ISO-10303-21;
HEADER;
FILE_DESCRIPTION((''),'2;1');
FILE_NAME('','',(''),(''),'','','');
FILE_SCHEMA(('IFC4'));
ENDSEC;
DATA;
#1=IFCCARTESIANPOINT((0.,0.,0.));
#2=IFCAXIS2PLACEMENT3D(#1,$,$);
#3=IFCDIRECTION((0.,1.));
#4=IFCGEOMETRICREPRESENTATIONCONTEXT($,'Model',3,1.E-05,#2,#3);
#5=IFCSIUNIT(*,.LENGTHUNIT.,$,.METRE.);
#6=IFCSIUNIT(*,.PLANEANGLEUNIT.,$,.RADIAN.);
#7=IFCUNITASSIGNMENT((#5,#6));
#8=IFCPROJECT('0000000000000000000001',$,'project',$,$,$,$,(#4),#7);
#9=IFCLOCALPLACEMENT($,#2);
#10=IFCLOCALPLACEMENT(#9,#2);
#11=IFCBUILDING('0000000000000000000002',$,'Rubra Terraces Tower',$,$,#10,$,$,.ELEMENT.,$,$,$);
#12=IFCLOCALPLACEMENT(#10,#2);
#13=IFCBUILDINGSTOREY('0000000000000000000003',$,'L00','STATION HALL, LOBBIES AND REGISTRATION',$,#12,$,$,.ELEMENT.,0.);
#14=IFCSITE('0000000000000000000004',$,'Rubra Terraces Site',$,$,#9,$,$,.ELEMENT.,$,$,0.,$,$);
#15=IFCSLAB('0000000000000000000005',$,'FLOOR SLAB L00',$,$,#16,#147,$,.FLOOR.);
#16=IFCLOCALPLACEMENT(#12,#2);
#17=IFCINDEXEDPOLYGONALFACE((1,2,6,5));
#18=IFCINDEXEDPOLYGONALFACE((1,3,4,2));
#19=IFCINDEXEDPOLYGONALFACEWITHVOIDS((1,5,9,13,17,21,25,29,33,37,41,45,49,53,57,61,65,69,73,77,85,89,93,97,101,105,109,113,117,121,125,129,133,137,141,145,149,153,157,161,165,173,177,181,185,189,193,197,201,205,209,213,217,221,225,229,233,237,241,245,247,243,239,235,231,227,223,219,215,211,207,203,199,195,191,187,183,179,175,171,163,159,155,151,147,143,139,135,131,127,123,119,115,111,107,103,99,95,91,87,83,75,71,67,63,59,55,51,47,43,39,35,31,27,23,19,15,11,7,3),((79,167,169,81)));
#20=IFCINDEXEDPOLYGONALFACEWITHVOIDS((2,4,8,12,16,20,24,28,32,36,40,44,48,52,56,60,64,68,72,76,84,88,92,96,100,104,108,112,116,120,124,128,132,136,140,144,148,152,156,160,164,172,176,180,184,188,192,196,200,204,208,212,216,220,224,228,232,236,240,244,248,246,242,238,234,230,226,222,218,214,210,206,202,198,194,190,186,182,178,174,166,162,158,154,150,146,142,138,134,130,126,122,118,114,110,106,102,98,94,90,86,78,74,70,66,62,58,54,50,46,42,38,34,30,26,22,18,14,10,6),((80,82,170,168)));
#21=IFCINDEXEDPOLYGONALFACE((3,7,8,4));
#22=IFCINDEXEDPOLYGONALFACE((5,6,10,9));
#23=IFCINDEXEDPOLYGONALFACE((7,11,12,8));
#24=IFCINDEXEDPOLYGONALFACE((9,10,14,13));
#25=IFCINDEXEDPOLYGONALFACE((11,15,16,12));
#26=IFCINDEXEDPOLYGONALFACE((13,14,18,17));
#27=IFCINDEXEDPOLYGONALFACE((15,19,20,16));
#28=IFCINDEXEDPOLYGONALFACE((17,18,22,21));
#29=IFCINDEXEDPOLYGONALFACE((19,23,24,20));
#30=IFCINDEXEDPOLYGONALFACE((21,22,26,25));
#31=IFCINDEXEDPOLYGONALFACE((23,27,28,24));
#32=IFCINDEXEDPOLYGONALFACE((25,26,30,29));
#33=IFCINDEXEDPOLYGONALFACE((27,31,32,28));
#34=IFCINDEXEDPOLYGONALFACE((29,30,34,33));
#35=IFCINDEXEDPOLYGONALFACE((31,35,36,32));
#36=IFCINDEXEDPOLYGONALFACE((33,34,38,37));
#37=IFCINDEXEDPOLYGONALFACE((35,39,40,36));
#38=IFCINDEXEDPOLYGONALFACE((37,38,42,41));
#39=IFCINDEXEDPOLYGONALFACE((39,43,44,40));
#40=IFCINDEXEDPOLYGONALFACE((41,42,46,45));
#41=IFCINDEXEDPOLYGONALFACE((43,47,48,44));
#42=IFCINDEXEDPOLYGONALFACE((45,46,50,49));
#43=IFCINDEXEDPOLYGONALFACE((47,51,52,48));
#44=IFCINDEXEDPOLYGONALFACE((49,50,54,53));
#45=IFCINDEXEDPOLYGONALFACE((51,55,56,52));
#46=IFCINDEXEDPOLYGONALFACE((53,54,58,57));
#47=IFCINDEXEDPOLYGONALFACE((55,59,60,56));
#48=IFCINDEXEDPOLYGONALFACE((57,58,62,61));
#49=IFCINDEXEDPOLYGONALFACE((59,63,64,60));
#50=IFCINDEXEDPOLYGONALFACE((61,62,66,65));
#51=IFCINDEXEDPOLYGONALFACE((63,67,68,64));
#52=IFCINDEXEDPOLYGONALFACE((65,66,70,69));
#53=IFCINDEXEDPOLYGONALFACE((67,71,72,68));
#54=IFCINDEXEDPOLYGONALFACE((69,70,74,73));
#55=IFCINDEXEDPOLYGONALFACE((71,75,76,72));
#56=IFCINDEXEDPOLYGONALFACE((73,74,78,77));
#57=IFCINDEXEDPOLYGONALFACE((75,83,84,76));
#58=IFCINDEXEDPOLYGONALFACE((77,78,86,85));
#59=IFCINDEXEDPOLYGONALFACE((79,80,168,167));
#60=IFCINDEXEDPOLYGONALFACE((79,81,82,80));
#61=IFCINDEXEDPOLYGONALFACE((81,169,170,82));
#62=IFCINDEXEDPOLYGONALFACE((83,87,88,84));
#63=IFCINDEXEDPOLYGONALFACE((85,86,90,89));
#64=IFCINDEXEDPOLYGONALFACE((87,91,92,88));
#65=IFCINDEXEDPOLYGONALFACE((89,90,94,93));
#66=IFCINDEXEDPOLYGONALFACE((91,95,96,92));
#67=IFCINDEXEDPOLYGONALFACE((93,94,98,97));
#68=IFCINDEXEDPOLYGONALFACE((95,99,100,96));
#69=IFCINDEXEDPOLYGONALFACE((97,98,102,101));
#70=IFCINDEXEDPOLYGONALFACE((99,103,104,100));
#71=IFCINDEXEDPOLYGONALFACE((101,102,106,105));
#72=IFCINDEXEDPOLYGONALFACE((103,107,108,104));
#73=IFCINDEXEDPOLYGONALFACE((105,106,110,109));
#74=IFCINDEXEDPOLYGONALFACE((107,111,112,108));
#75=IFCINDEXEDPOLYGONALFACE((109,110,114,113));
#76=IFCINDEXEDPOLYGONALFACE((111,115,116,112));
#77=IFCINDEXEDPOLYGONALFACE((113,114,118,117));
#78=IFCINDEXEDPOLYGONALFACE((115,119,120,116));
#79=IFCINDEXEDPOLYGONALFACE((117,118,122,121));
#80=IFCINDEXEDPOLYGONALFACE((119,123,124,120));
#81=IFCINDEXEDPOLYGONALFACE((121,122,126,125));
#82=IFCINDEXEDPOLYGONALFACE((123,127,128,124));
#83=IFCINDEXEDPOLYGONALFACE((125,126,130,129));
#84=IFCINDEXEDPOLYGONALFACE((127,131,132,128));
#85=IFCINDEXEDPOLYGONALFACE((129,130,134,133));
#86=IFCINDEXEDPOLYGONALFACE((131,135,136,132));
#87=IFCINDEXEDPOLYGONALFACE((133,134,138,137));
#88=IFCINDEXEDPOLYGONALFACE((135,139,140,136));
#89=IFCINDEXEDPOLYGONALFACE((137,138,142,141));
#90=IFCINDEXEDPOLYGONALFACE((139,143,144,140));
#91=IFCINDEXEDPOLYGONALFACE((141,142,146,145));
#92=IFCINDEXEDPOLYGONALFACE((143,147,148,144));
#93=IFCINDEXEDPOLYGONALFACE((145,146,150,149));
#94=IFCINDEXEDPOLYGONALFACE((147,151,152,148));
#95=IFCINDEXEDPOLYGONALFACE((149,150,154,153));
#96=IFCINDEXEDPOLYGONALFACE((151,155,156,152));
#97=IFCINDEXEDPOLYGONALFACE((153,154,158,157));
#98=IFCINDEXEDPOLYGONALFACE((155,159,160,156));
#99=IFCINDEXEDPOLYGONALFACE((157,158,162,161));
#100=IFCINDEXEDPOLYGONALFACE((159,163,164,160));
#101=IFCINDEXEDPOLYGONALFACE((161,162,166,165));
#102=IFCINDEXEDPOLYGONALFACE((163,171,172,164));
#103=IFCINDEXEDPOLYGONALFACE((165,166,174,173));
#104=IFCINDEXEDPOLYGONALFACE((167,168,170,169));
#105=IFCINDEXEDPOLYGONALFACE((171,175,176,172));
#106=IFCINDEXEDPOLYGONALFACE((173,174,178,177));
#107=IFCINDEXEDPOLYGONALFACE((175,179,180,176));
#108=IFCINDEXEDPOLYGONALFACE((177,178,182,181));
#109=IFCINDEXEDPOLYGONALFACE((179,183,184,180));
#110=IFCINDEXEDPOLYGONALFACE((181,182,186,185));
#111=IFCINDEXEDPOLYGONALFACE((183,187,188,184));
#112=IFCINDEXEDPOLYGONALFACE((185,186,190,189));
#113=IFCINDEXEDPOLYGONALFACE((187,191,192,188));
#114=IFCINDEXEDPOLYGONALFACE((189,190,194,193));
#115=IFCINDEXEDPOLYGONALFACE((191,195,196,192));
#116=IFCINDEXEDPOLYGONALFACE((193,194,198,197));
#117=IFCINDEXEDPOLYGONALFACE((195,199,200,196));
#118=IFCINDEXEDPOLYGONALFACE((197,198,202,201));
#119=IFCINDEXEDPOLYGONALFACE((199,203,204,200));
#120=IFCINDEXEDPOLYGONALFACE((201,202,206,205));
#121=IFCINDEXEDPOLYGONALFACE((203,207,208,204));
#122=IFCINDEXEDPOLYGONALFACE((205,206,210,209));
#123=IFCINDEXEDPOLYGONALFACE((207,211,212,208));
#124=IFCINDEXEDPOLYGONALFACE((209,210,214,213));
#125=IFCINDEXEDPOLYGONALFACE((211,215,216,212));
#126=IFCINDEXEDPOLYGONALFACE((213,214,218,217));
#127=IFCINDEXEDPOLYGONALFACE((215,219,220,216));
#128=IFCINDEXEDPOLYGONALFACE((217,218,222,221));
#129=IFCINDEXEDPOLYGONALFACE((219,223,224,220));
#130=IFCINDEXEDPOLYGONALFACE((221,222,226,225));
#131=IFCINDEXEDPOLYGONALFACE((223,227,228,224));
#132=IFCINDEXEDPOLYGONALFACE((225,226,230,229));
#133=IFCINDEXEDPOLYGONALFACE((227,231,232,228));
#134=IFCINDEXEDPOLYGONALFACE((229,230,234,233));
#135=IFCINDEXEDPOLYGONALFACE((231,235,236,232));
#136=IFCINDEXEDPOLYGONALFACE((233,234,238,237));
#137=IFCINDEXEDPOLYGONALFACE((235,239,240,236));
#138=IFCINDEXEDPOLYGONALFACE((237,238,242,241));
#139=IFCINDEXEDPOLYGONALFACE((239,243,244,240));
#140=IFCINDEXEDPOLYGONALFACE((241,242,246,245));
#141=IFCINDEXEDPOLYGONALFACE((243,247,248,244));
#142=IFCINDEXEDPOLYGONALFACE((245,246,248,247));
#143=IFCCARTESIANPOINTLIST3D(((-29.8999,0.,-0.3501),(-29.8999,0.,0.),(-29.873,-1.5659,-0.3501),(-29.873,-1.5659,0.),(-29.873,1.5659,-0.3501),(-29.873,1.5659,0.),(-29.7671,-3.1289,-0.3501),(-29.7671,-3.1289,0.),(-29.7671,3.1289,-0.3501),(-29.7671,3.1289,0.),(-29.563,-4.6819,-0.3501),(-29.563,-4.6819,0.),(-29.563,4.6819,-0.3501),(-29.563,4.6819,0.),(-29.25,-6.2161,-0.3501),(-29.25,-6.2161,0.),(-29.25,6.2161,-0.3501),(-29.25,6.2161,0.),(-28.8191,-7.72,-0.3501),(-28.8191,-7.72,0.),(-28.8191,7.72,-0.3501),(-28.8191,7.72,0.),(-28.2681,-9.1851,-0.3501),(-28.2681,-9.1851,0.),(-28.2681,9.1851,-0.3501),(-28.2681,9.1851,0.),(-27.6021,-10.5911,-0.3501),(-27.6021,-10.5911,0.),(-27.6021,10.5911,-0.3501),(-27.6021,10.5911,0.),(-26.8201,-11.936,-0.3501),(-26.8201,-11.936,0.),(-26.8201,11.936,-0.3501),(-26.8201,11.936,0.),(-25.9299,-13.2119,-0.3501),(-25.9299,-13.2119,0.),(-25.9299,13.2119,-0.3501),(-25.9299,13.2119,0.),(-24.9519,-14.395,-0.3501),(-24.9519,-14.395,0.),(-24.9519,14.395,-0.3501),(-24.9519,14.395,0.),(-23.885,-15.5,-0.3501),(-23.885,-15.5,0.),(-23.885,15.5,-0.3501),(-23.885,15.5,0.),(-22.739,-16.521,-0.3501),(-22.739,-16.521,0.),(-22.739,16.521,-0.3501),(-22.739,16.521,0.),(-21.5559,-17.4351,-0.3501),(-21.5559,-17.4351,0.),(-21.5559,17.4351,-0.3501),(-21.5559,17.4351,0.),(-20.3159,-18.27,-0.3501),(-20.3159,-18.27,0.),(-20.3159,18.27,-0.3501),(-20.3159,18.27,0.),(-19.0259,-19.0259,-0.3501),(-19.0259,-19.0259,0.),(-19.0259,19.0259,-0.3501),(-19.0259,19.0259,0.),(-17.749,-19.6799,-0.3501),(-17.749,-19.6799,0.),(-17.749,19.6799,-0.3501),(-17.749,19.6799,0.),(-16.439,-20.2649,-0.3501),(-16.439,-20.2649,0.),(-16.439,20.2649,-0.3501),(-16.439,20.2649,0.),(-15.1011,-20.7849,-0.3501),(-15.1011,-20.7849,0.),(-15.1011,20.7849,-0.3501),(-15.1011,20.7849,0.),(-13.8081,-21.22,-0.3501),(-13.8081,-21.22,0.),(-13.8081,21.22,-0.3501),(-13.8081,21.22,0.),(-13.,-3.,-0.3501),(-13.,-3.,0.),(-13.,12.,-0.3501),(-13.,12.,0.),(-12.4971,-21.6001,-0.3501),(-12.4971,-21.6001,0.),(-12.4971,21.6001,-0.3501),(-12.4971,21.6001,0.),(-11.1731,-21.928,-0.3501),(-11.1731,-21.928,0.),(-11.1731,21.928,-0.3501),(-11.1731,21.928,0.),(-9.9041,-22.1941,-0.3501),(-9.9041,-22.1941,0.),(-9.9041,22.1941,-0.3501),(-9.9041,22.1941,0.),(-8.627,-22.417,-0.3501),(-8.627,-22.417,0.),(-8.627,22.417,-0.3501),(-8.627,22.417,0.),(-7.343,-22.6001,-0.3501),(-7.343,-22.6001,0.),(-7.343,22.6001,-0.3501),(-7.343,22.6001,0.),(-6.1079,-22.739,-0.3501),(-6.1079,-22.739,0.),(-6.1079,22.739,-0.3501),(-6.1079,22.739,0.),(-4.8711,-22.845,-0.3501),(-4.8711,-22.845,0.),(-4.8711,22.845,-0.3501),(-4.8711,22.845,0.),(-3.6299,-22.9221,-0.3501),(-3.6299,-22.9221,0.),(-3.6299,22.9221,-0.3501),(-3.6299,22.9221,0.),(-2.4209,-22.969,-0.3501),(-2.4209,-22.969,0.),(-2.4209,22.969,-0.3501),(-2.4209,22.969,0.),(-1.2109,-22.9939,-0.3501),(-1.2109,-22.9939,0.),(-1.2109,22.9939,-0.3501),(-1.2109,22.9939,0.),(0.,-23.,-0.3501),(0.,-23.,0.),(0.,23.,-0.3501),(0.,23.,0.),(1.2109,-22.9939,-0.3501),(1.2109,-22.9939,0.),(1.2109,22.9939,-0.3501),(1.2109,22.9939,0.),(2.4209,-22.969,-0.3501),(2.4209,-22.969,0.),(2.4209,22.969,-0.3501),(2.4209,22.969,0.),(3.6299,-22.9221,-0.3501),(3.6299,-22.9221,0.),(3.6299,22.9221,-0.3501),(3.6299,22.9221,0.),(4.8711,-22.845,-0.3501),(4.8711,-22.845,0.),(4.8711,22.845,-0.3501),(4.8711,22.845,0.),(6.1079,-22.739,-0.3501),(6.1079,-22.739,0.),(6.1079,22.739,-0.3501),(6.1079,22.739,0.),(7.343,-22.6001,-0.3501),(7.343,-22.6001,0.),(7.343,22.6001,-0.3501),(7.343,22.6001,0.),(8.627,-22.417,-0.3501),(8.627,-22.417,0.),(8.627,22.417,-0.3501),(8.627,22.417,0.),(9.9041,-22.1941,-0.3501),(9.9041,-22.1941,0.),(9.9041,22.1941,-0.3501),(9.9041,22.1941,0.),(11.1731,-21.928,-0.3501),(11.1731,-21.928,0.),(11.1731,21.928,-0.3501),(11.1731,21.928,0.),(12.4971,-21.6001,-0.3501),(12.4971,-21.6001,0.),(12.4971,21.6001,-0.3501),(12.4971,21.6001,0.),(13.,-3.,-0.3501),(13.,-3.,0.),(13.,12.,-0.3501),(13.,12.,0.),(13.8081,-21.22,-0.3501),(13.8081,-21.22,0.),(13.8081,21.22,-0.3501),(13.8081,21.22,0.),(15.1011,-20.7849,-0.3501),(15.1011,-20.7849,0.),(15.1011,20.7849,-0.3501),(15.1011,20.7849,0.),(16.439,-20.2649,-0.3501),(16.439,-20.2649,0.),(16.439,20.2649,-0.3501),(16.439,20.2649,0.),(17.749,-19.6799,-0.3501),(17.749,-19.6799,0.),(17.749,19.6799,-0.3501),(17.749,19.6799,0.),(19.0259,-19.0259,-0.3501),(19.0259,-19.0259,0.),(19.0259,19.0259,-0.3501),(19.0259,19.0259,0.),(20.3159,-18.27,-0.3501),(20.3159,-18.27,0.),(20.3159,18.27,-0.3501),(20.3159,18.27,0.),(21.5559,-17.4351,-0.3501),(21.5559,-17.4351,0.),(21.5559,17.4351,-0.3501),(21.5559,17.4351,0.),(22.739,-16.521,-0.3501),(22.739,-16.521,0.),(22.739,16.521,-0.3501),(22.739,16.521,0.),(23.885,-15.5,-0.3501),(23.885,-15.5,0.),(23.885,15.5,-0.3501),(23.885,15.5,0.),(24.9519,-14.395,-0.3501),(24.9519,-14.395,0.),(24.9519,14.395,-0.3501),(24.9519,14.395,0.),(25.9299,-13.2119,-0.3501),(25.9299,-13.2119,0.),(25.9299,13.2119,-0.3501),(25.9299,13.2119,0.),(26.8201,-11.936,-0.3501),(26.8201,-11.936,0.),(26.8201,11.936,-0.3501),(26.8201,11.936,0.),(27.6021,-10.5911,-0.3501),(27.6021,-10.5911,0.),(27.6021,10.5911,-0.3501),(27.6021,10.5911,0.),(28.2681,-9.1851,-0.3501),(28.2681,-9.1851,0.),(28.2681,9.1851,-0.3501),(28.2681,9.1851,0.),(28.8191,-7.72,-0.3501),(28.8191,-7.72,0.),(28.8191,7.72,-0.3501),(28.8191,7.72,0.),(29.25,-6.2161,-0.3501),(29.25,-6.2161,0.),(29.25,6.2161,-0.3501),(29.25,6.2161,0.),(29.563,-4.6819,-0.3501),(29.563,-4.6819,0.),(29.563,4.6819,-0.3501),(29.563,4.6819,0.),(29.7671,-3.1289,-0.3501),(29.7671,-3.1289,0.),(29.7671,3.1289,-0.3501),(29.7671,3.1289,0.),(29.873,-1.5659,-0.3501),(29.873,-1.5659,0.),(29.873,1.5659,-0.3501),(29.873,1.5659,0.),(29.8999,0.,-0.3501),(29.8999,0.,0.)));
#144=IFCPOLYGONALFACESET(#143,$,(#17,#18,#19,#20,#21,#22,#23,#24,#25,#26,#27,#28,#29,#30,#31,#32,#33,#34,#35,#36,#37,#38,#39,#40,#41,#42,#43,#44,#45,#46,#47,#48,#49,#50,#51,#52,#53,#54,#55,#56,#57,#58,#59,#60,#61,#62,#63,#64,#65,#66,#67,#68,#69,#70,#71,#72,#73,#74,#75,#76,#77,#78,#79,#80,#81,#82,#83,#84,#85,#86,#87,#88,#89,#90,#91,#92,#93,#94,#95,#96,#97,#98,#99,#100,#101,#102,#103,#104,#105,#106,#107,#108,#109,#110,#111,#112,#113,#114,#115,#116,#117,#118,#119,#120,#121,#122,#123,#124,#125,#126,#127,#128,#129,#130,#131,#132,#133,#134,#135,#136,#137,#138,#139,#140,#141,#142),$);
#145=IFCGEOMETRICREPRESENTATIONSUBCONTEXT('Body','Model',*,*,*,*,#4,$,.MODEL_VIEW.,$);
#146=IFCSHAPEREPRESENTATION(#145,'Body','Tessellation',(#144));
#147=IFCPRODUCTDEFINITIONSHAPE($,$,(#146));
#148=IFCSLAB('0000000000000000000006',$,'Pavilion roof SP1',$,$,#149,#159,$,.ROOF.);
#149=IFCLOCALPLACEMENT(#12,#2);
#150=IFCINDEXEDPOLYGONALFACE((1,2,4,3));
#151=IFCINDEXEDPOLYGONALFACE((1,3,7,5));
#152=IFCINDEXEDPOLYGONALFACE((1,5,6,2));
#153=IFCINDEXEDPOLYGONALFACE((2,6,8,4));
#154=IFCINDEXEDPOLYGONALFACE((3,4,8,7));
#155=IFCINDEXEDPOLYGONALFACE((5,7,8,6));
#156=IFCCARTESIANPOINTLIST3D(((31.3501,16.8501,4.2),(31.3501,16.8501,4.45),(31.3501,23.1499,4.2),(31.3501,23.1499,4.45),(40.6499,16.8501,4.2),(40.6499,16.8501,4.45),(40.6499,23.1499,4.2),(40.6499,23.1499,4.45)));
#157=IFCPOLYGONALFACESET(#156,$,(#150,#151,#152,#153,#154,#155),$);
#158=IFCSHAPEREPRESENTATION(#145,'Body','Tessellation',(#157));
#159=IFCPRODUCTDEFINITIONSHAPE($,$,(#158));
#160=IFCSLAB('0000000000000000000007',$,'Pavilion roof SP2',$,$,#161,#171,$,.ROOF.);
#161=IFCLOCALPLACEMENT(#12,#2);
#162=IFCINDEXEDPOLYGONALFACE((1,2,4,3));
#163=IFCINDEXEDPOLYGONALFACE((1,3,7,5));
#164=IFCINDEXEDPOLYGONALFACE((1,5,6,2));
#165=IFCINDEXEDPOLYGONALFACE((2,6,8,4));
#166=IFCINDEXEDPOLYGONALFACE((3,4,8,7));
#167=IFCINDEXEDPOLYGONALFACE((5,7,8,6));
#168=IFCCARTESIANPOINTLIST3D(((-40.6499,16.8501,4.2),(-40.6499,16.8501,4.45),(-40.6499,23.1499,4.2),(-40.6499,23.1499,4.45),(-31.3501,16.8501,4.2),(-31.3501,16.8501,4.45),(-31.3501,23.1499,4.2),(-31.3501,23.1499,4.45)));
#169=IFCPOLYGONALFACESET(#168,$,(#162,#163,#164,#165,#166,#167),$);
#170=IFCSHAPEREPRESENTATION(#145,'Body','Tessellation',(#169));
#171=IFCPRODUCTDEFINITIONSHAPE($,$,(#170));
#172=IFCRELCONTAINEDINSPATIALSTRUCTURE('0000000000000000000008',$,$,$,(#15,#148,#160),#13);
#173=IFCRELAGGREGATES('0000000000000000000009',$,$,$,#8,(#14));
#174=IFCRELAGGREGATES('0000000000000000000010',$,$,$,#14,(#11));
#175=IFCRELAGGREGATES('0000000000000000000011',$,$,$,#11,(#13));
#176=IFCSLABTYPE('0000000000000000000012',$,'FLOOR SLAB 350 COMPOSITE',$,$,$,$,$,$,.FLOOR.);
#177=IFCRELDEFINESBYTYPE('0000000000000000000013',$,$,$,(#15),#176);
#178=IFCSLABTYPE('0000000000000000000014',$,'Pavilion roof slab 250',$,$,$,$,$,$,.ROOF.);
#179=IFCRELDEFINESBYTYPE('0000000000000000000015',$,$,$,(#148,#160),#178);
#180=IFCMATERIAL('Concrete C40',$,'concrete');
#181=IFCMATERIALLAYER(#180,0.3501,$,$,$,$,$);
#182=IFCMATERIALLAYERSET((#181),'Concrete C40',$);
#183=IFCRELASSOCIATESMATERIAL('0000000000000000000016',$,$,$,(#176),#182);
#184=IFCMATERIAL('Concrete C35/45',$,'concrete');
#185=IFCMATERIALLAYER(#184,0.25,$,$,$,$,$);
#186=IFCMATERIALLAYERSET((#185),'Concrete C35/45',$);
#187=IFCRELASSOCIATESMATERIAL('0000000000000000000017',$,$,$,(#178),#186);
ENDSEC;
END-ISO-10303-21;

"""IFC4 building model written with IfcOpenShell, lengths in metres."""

from ifc_helpers import new_model, si_unit, direction, frame, origin, place, context, subcontext, project, spatial, polyline, outline, extrude, material, layer, layer_set, type_object, element, save


model = new_model("IFC4")

# Units and contexts
model_context = context("Model", 3, precision=1e-05, world=origin(), true_north=direction((0.0, 1.0)))
body_context = subcontext(model_context, "Body", "Model", "MODEL_VIEW")
ifc_project = project(units=[si_unit("LENGTHUNIT", "METRE"), si_unit("PLANEANGLEUNIT", "RADIAN")], contexts=[model_context])

# Site, building, storey
site_placement = place(None, origin())
site = spatial("IfcSite", under=ifc_project, at=site_placement, Name="Rubra Terraces Site", CompositionType="ELEMENT", RefElevation=0.0)
building_placement = place(site_placement, origin())
building = spatial("IfcBuilding", under=site, at=building_placement, Name="Rubra Terraces Tower", CompositionType="ELEMENT")
storey_placement = place(building_placement, origin())
storey = spatial("IfcBuildingStorey", under=building, at=storey_placement, Name="L00", Description="STATION HALL, LOBBIES AND REGISTRATION", CompositionType="ELEMENT", Elevation=0.0)

# Slabs
ifc_material_1 = material(Name="Concrete C40", Category="concrete")
ifc_layer_1 = layer(ifc_material_1, 0.3501)
ifc_layer_set_1 = layer_set([ifc_layer_1], Name="Concrete C40")
slab_type_1 = type_object("IfcSlabType", Name="FLOOR SLAB 350 COMPOSITE", PredefinedType="FLOOR", material=ifc_layer_set_1)
slab_1_placement = place(storey_placement, frame((0.0, 0.0, -0.3501)))
element("IfcSlab", 1, at=slab_1_placement, inside=storey, type_object=slab_type_1, Name="FLOOR SLAB L00", PredefinedType="FLOOR", context=body_context, shape_type="SweptSolid", body=[
    extrude(outline(polyline([(19.0259, -19.0259), (20.3159, -18.27), (21.5559, -17.4351), (22.739, -16.521), (23.885, -15.5), (24.9519, -14.395), (25.9299, -13.2119), (26.8201, -11.936), (27.6021, -10.5911), (28.2681, -9.1851), (28.8191, -7.72), (29.25, -6.2161), (29.563, -4.6819), (29.7671, -3.1289), (29.873, -1.5659), (29.8999, 0.0), (29.873, 1.5659), (29.7671, 3.1289), (29.563, 4.6819), (29.25, 6.2161), (28.8191, 7.72), (28.2681, 9.1851), (27.6021, 10.5911), (26.8201, 11.936), (25.9299, 13.2119), (24.9519, 14.395), (23.885, 15.5), (22.739, 16.521), (21.5559, 17.4351), (20.3159, 18.27), (19.0259, 19.0259), (17.749, 19.6799), (16.439, 20.2649), (15.1011, 20.7849), (13.8081, 21.22), (12.4971, 21.6001), (11.1731, 21.928), (9.9041, 22.1941), (8.627, 22.417), (7.343, 22.6001), (6.1079, 22.739), (4.8711, 22.845), (3.6299, 22.9221), (2.4209, 22.969), (1.2109, 22.9939), (0.0, 23.0), (-1.2109, 22.9939), (-2.4209, 22.969), (-3.6299, 22.9221), (-4.8711, 22.845), (-6.1079, 22.739), (-7.343, 22.6001), (-8.627, 22.417), (-9.9041, 22.1941), (-11.1731, 21.928), (-12.4971, 21.6001), (-13.8081, 21.22), (-15.1011, 20.7849), (-16.439, 20.2649), (-17.749, 19.6799), (-19.0259, 19.0259), (-20.3159, 18.27), (-21.5559, 17.4351), (-22.739, 16.521), (-23.885, 15.5), (-24.9519, 14.395), (-25.9299, 13.2119), (-26.8201, 11.936), (-27.6021, 10.5911), (-28.2681, 9.1851), (-28.8191, 7.72), (-29.25, 6.2161), (-29.563, 4.6819), (-29.7671, 3.1289), (-29.873, 1.5659), (-29.8999, 0.0), (-29.873, -1.5659), (-29.7671, -3.1289), (-29.563, -4.6819), (-29.25, -6.2161), (-28.8191, -7.72), (-28.2681, -9.1851), (-27.6021, -10.5911), (-26.8201, -11.936), (-25.9299, -13.2119), (-24.9519, -14.395), (-23.885, -15.5), (-22.739, -16.521), (-21.5559, -17.4351), (-20.3159, -18.27), (-19.0259, -19.0259), (-17.749, -19.6799), (-16.439, -20.2649), (-15.1011, -20.7849), (-13.8081, -21.22), (-12.4971, -21.6001), (-11.1731, -21.928), (-9.9041, -22.1941), (-8.627, -22.417), (-7.343, -22.6001), (-6.1079, -22.739), (-4.8711, -22.845), (-3.6299, -22.9221), (-2.4209, -22.969), (-1.2109, -22.9939), (0.0, -23.0), (1.2109, -22.9939), (2.4209, -22.969), (3.6299, -22.9221), (4.8711, -22.845), (6.1079, -22.739), (7.343, -22.6001), (8.627, -22.417), (9.9041, -22.1941), (11.1731, -21.928), (12.4971, -21.6001), (13.8081, -21.22), (15.1011, -20.7849), (16.439, -20.2649), (17.749, -19.6799), (19.0259, -19.0259)]), holes=[polyline([(-13.0, -3.0), (-13.0, 12.0), (13.0, 12.0), (13.0, -3.0), (-13.0, -3.0)])]), origin(), (0.0, 0.0, 1.0), 0.3501),
])
ifc_material_2 = material(Name="Concrete C35/45", Category="concrete")
ifc_layer_2 = layer(ifc_material_2, 0.25)
ifc_layer_set_2 = layer_set([ifc_layer_2], Name="Concrete C35/45")
slab_type_2 = type_object("IfcSlabType", Name="Pavilion roof slab 250", PredefinedType="ROOF", material=ifc_layer_set_2)
slab_2_placement = place(storey_placement, frame((0.0, 0.0, 4.2)))
element("IfcSlab", 2, at=slab_2_placement, inside=storey, type_object=slab_type_2, Name="Pavilion roof SP1", PredefinedType="ROOF", context=body_context, shape_type="SweptSolid", body=[
    extrude(outline(polyline([(31.3501, 16.8501), (40.6499, 16.8501), (40.6499, 23.1499), (31.3501, 23.1499), (31.3501, 16.8501)])), origin(), (0.0, 0.0, 1.0), 0.25),
])
slab_3_placement = place(storey_placement, frame((0.0, 0.0, 4.2)))
element("IfcSlab", 3, at=slab_3_placement, inside=storey, type_object=slab_type_2, Name="Pavilion roof SP2", PredefinedType="ROOF", context=body_context, shape_type="SweptSolid", body=[
    extrude(outline(polyline([(-40.6499, 16.8501), (-31.3501, 16.8501), (-31.3501, 23.1499), (-40.6499, 23.1499), (-40.6499, 16.8501)])), origin(), (0.0, 0.0, 1.0), 0.25),
])

save(model, "model.ifc")
